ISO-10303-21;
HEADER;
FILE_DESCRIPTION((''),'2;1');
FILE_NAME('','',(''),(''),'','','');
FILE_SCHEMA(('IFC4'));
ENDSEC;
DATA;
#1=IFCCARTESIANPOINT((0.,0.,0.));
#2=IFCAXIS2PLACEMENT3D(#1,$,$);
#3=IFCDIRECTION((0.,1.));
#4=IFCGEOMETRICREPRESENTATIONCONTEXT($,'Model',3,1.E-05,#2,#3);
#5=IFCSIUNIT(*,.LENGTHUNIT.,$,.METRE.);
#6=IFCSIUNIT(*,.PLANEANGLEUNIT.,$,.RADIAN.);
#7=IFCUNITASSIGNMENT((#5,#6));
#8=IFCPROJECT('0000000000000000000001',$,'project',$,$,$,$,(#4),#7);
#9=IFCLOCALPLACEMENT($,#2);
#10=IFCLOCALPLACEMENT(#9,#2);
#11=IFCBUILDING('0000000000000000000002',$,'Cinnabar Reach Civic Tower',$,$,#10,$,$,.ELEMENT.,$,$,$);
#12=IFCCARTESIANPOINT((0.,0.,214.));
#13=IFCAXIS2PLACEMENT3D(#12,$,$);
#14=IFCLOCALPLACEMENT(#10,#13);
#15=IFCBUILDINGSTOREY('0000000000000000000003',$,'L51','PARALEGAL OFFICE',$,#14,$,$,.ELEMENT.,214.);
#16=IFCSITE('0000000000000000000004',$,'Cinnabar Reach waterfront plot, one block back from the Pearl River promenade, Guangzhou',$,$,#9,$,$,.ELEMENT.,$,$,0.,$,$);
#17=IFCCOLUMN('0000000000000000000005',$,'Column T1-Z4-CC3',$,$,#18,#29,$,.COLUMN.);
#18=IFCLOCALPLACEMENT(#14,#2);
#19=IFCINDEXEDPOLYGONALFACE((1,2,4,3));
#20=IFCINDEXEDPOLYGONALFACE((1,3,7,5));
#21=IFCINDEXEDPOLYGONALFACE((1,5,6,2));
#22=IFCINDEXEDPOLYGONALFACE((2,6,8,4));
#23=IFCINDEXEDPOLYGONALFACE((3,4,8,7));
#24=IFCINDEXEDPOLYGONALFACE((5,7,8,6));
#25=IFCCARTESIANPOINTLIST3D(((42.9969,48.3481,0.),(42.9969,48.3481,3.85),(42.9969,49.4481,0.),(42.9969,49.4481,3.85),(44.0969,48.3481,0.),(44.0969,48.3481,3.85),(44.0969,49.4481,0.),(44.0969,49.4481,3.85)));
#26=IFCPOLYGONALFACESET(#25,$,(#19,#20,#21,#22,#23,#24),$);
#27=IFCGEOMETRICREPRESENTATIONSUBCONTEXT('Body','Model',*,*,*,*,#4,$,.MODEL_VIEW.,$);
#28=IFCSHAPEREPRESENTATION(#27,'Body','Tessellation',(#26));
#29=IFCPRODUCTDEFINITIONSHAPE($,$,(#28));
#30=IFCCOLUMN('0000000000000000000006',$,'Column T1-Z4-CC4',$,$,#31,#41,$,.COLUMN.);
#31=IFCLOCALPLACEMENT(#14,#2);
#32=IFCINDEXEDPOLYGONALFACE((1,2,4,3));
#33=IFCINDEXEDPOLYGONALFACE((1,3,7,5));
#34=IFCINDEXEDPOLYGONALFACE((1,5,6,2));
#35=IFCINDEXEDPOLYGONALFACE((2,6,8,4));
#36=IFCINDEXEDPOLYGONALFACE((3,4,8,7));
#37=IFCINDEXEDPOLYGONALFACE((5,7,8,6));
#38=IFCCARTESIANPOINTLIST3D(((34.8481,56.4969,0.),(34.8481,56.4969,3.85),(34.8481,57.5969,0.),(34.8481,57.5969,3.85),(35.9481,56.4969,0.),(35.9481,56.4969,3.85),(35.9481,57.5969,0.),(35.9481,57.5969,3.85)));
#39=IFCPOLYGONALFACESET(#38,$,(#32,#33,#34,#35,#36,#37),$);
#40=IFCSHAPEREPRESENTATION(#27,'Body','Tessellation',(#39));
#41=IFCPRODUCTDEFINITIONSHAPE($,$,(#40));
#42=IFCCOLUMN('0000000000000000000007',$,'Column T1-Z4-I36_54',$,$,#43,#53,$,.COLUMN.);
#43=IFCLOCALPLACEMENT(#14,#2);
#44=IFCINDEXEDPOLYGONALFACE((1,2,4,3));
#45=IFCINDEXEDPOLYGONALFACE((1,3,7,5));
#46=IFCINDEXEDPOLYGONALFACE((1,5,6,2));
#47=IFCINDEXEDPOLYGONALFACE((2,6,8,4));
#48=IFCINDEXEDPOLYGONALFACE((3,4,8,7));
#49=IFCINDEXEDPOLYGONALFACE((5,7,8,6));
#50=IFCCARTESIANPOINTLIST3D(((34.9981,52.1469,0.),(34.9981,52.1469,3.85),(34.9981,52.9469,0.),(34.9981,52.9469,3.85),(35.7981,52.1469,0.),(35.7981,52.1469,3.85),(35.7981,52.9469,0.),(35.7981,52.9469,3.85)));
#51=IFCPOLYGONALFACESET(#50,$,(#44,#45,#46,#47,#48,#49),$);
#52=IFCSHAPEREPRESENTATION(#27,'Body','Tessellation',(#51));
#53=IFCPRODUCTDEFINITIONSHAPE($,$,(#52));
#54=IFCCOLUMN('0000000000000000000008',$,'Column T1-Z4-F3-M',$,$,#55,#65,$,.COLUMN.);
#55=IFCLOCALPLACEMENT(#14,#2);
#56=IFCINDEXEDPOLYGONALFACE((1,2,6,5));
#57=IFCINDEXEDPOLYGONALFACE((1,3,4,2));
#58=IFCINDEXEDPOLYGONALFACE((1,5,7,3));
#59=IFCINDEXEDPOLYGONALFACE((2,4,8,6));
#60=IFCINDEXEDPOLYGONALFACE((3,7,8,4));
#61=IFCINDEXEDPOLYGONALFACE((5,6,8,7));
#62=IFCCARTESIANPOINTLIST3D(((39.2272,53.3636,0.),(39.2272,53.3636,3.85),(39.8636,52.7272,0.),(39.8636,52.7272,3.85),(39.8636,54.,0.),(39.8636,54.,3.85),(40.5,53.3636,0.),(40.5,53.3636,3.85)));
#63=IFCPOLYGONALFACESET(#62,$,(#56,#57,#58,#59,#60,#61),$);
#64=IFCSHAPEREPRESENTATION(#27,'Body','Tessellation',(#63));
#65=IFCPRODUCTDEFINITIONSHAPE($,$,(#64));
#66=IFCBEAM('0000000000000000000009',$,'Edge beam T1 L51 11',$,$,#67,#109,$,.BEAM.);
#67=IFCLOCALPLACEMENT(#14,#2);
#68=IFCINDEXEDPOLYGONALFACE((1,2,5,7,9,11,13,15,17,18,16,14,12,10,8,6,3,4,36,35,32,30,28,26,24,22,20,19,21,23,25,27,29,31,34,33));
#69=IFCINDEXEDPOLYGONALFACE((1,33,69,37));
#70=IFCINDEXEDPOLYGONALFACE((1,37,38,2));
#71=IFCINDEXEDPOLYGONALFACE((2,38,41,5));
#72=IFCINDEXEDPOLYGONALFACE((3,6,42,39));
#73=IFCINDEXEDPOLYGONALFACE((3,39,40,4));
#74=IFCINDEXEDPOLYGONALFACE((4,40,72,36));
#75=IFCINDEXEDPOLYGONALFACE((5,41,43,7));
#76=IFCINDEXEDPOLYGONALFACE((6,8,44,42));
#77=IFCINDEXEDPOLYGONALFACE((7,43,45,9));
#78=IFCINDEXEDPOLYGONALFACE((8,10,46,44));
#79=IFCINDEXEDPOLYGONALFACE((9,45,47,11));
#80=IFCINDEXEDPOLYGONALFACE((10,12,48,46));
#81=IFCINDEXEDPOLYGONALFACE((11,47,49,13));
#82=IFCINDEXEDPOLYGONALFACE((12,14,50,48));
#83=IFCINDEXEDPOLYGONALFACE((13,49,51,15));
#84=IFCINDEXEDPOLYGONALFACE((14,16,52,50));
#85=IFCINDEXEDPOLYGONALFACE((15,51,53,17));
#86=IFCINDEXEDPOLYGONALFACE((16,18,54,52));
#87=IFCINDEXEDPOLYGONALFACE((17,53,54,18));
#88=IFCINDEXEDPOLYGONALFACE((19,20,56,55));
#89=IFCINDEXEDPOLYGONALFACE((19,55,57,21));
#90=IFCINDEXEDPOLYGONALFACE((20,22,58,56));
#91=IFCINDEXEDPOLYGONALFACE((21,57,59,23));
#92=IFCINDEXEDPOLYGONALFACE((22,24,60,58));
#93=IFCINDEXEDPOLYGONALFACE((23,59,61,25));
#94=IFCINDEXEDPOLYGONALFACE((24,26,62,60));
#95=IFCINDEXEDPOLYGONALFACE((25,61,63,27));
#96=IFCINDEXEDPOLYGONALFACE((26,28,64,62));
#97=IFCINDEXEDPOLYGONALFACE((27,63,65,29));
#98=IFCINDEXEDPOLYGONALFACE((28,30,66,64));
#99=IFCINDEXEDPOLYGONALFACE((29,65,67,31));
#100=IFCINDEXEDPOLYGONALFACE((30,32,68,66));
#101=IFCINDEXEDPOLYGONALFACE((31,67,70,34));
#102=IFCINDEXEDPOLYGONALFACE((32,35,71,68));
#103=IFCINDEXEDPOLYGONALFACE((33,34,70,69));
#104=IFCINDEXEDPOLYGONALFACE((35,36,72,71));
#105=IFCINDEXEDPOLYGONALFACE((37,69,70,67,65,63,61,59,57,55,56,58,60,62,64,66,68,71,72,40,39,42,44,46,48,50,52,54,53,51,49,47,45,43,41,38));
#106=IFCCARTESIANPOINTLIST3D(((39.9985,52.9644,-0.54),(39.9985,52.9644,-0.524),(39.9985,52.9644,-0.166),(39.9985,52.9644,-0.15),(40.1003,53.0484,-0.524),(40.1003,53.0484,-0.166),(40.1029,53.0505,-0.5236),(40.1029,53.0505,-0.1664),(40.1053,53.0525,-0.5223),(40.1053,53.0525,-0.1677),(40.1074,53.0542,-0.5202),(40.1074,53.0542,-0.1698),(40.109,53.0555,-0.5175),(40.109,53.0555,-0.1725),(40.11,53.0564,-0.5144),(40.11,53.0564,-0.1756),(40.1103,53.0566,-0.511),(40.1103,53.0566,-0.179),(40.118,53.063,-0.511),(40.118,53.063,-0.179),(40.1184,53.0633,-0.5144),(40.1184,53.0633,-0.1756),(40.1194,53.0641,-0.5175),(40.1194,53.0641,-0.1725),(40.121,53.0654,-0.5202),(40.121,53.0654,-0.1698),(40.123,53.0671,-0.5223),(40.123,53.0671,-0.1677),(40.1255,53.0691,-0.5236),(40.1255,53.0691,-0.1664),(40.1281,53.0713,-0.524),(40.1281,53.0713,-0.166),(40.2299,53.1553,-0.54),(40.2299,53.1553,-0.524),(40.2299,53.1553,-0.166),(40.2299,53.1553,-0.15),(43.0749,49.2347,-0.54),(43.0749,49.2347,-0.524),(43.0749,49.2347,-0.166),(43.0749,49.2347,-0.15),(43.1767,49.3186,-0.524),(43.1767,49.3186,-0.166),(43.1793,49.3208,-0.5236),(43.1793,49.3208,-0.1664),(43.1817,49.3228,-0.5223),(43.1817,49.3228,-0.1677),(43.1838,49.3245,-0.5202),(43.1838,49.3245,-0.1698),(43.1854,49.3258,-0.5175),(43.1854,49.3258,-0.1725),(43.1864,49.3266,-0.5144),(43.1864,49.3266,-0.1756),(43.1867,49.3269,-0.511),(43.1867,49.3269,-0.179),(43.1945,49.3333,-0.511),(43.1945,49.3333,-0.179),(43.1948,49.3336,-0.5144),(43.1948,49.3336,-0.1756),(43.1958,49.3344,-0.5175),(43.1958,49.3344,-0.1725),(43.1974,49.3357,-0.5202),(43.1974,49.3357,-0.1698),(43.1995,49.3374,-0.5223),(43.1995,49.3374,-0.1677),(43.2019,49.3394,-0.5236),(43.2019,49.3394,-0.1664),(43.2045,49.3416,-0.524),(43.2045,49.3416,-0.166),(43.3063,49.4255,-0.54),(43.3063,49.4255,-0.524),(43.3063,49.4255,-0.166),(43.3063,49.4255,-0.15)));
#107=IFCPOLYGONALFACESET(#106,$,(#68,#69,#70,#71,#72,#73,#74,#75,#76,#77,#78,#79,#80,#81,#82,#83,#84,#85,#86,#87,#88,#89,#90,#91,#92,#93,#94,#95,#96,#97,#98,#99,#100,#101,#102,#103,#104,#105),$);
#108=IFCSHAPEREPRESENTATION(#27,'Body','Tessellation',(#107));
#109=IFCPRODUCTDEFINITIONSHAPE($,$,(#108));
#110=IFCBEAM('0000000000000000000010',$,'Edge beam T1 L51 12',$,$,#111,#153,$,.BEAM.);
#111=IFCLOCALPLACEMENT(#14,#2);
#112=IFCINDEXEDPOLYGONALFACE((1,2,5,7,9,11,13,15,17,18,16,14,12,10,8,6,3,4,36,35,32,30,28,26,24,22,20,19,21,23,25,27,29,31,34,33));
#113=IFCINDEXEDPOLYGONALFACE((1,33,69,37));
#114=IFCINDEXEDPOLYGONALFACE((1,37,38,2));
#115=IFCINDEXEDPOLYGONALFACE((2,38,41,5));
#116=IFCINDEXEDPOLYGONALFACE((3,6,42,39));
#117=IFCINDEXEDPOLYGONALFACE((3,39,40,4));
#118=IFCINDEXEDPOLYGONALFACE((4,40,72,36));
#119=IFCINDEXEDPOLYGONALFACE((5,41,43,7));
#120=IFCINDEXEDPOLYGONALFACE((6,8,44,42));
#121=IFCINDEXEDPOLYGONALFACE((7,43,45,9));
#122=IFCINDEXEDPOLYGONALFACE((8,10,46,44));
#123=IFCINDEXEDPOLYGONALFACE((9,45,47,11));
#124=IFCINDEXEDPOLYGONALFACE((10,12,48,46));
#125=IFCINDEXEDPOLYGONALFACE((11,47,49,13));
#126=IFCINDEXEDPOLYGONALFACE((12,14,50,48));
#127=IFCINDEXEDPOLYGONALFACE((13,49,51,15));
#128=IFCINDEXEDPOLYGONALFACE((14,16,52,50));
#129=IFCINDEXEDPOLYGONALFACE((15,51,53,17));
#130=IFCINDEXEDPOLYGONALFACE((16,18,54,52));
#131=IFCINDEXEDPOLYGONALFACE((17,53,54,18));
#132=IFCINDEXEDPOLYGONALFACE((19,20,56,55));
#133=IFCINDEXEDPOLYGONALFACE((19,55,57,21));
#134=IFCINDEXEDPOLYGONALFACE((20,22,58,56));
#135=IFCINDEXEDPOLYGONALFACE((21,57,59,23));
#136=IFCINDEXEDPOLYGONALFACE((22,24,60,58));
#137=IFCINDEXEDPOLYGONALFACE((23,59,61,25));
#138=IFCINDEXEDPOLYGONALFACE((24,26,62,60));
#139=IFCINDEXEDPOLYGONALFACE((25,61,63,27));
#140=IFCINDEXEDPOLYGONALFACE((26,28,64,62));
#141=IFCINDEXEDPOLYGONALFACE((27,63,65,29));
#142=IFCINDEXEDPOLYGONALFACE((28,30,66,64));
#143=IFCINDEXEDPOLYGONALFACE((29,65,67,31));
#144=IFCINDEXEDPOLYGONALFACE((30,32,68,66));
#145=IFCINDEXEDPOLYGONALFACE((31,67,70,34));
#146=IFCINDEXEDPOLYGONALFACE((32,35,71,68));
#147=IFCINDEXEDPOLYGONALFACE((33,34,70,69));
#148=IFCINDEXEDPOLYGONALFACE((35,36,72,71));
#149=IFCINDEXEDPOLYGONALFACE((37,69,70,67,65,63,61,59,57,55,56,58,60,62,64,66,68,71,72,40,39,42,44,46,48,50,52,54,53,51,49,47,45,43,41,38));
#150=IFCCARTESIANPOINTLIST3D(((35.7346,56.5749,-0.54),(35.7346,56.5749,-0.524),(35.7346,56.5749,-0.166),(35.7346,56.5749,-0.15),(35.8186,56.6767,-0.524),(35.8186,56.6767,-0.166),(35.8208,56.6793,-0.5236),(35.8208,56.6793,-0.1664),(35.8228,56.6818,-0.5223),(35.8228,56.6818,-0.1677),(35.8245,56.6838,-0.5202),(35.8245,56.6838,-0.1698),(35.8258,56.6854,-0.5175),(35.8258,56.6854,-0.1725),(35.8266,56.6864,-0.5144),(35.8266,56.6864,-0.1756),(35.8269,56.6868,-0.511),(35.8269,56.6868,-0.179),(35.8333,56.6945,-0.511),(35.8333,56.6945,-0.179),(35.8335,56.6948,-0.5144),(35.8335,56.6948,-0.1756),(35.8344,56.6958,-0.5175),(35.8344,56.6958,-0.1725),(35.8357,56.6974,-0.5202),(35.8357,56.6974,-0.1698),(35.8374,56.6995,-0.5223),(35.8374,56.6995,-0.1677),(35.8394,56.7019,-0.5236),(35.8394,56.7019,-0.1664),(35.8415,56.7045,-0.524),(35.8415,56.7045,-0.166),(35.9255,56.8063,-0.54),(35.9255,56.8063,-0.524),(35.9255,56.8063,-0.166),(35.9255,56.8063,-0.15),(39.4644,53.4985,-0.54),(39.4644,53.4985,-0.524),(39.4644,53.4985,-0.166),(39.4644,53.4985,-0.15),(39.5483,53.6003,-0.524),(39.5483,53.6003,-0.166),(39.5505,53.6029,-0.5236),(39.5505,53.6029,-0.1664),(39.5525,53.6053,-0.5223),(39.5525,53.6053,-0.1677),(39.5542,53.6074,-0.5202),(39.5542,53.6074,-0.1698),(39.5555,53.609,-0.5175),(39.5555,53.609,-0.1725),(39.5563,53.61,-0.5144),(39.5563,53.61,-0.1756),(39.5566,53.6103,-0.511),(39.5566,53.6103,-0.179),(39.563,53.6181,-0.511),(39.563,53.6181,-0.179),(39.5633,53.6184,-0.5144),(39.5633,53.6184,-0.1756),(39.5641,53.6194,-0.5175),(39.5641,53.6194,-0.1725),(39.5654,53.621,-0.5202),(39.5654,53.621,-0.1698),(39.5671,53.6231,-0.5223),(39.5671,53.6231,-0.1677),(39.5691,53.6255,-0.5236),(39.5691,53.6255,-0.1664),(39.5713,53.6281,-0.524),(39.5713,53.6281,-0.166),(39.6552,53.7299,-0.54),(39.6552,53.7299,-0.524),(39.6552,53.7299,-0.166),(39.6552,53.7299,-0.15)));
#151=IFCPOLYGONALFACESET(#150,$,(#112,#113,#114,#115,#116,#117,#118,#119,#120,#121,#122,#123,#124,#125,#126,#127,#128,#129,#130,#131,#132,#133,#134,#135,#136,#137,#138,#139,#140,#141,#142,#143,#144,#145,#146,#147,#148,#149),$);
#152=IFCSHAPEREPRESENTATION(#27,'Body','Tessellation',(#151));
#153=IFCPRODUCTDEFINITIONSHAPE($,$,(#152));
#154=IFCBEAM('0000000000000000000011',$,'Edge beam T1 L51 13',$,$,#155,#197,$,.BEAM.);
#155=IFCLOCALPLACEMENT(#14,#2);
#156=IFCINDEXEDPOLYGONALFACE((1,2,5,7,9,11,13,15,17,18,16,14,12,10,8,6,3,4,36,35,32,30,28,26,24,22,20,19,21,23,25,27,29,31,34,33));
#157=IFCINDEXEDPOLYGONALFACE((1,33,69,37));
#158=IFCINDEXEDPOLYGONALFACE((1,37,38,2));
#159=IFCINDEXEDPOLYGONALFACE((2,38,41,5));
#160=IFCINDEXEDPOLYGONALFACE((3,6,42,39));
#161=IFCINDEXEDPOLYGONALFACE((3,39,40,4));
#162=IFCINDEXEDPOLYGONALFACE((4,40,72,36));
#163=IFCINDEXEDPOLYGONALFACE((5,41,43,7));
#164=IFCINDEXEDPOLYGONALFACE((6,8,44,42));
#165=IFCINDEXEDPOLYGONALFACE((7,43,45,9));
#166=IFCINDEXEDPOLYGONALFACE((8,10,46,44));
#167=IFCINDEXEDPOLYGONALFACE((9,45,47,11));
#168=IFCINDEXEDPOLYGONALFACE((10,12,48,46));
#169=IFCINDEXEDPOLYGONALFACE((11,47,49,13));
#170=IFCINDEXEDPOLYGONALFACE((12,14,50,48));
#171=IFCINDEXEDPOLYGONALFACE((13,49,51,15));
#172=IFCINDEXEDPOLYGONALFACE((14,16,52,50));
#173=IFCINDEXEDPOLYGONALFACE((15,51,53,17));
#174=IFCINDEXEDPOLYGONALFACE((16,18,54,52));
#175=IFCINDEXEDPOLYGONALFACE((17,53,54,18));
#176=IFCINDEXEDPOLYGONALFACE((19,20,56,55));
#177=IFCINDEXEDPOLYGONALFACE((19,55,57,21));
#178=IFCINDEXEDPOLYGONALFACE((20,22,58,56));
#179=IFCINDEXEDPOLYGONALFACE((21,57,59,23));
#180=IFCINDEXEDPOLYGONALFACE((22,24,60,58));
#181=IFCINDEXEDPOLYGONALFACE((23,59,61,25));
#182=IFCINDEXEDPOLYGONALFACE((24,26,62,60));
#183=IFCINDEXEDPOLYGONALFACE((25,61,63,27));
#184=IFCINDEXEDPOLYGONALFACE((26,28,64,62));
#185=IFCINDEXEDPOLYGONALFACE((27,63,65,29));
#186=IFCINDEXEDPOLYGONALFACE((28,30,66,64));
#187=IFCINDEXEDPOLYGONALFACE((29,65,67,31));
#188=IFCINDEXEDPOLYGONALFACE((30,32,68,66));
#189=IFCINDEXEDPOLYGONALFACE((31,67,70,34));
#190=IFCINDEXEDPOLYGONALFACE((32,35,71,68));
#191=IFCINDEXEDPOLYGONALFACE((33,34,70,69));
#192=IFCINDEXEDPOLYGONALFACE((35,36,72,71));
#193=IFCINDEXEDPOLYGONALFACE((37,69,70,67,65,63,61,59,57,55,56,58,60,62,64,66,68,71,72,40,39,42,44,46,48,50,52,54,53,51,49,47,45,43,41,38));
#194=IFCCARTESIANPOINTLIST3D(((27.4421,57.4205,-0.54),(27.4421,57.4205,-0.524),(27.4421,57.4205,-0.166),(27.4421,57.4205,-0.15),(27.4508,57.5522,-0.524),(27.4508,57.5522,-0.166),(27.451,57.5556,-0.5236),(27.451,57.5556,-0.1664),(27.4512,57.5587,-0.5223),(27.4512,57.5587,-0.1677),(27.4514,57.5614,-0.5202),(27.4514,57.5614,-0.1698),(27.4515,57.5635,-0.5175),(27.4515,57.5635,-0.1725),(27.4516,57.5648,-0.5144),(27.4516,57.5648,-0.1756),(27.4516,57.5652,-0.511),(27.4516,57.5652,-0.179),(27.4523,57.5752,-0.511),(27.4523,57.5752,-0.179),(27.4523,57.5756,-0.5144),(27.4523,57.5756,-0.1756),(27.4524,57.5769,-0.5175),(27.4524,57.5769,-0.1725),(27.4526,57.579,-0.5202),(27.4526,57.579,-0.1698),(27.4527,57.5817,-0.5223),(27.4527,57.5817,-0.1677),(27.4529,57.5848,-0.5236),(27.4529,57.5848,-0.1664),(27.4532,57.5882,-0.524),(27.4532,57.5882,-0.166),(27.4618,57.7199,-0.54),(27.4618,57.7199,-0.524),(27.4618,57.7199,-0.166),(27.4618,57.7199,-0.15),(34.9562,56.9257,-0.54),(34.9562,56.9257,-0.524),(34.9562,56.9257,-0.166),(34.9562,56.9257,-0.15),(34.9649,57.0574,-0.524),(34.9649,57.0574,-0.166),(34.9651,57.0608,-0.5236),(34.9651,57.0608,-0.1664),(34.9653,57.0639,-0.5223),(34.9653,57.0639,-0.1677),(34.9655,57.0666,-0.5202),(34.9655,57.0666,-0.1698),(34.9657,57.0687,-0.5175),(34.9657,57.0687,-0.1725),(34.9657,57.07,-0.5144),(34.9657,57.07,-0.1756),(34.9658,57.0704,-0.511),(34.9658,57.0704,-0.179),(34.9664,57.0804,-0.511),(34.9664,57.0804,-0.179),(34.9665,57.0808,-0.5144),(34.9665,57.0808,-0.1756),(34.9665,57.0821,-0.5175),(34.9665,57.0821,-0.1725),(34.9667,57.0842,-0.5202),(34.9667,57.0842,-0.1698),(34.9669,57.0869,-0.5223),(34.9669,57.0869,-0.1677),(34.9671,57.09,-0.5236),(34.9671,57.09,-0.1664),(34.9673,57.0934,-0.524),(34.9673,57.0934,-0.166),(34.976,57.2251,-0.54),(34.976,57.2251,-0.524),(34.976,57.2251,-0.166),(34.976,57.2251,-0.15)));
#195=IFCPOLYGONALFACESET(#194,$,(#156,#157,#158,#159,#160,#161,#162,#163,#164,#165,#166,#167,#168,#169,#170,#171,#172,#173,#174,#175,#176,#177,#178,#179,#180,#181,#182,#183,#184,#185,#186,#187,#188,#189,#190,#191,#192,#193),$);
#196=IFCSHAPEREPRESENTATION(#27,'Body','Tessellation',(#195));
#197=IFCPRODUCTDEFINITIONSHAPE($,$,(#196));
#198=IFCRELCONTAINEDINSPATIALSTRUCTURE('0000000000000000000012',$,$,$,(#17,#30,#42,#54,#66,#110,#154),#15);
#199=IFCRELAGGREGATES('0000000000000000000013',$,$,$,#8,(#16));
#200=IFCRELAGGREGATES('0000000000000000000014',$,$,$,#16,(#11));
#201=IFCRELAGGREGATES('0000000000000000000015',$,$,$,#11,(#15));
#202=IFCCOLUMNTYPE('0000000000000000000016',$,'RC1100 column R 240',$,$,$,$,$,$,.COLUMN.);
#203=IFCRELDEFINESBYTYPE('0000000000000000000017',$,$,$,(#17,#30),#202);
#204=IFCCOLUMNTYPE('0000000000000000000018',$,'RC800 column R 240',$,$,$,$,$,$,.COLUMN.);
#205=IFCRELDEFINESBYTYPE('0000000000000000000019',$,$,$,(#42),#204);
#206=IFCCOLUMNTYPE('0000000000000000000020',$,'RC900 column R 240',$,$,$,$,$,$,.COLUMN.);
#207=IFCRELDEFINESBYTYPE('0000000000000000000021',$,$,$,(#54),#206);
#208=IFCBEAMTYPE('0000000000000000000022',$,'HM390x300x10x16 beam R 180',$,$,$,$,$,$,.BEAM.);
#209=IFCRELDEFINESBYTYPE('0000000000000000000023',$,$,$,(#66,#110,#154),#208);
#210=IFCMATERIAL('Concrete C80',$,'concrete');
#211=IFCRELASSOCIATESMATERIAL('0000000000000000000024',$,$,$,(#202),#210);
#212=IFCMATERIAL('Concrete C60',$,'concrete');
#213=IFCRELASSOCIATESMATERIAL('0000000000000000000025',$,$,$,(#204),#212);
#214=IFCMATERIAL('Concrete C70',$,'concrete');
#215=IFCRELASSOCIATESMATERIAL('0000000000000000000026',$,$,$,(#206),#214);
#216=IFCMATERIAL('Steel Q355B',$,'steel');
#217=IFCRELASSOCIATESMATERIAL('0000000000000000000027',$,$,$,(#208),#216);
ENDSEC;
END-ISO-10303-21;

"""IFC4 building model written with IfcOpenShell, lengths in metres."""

from ifc_helpers import new_model, si_unit, direction, frame, origin, origin_2d, place, context, subcontext, project, spatial, rectangle, i_section, extrude, material, material_profile, profile_set, type_object, element, save


model = new_model("IFC4")

# Units and contexts
model_context = context("Model", 3, precision=1e-05, world=origin(), true_north=direction((0.0, 1.0)))
body_context = subcontext(model_context, "Body", "Model", "MODEL_VIEW")
ifc_project = project(units=[si_unit("LENGTHUNIT", "METRE"), si_unit("PLANEANGLEUNIT", "RADIAN")], contexts=[model_context])

# Site, building, storey
site_placement = place(None, origin())
site = spatial("IfcSite", under=ifc_project, at=site_placement, Name="Cinnabar Reach waterfront plot, one block back from the Pearl River promenade, Guangzhou", CompositionType="ELEMENT", RefElevation=0.0)
building_placement = place(site_placement, origin())
building = spatial("IfcBuilding", under=site, at=building_placement, Name="Cinnabar Reach Civic Tower", CompositionType="ELEMENT")
storey_placement = place(building_placement, frame((0.0, 0.0, 214.0)))
storey = spatial("IfcBuildingStorey", under=building, at=storey_placement, Name="L51", Description="PARALEGAL OFFICE", CompositionType="ELEMENT", Elevation=214.0)

# Columns
ifc_material_1 = material(Name="Concrete C80", Category="concrete")
ifc_material_profile_1 = material_profile(ifc_material_1, rectangle(XDim=1.1, YDim=1.1, at=origin_2d()), Name="RC1100")
ifc_profile_set_1 = profile_set([ifc_material_profile_1], Name="Concrete C80")
column_type_1 = type_object("IfcColumnType", Name="RC1100 column R 240", PredefinedType="COLUMN", material=ifc_profile_set_1)
for number, where, z_axis, x_axis, name in (
    (1, (43.5469, 48.8981, 0.0), (0.0, 0.0, 1.0), (1.0, 0.0, 0.0), "Column T1-Z4-CC3"),
    (2, (35.3981, 57.0469, 0.0), (0.0, 0.0, 1.0), (1.0, 0.0, 0.0), "Column T1-Z4-CC4"),
):
    element("IfcColumn", number, at=place(storey_placement, frame(where, z_axis=z_axis, x_axis=x_axis)), inside=storey, type_object=column_type_1, Name=name, PredefinedType="COLUMN", context=body_context, shape_type="SweptSolid", body=[
        extrude(rectangle(XDim=1.1, YDim=1.1, at=origin_2d()), origin(), (0.0, 0.0, 1.0), 3.85),
    ])
ifc_material_2 = material(Name="Concrete C60", Category="concrete")
ifc_material_profile_2 = material_profile(ifc_material_2, rectangle(XDim=0.8, YDim=0.8, at=origin_2d()), Name="RC800")
ifc_profile_set_2 = profile_set([ifc_material_profile_2], Name="Concrete C60")
column_type_2 = type_object("IfcColumnType", Name="RC800 column R 240", PredefinedType="COLUMN", material=ifc_profile_set_2)
column_1_placement = place(storey_placement, frame((35.3981, 52.5469, 0.0), z_axis=(0.0, 0.0, 1.0), x_axis=(1.0, 0.0, 0.0)))
element("IfcColumn", 3, at=column_1_placement, inside=storey, type_object=column_type_2, Name="Column T1-Z4-I36_54", PredefinedType="COLUMN", context=body_context, shape_type="SweptSolid", body=[
    extrude(rectangle(XDim=0.8, YDim=0.8, at=origin_2d()), origin(), (0.0, 0.0, 1.0), 3.85),
])
ifc_material_3 = material(Name="Concrete C70", Category="concrete")
ifc_material_profile_3 = material_profile(ifc_material_3, rectangle(XDim=0.9, YDim=0.9, at=origin_2d()), Name="RC900")
ifc_profile_set_3 = profile_set([ifc_material_profile_3], Name="Concrete C70")
column_type_3 = type_object("IfcColumnType", Name="RC900 column R 240", PredefinedType="COLUMN", material=ifc_profile_set_3)
column_2_placement = place(storey_placement, frame((39.8636, 53.3636, 0.0), z_axis=(0.0, 0.0, 1.0), x_axis=(0.707107, 0.707107, 0.0)))
element("IfcColumn", 4, at=column_2_placement, inside=storey, type_object=column_type_3, Name="Column T1-Z4-F3-M", PredefinedType="COLUMN", context=body_context, shape_type="SweptSolid", body=[
    extrude(rectangle(XDim=0.9, YDim=0.9, at=origin_2d()), origin(), (0.0, 0.0, 1.0), 3.85),
])

# Beams
ifc_material_4 = material(Name="Steel Q355B", Category="steel")
ifc_material_profile_4 = material_profile(ifc_material_4, i_section(OverallWidth=0.3, OverallDepth=0.39, WebThickness=0.01, FlangeThickness=0.016, FilletRadius=0.013, at=origin_2d()), Name="HM390x300x10x16")
ifc_profile_set_4 = profile_set([ifc_material_profile_4], Name="Steel Q355B")
beam_type_1 = type_object("IfcBeamType", Name="HM390x300x10x16 beam R 180", PredefinedType="BEAM", material=ifc_profile_set_4)
for number, where, z_axis, x_axis, name in (
    (5, (43.1906, 49.3301, -0.345), (-0.636309, 0.771434, 0.0), (-0.771434, -0.636309, 0.0), "Edge beam T1 L51 11"),
    (6, (39.5598, 53.6142, -0.345), (-0.771434, 0.636309, 0.0), (-0.636309, -0.771434, 0.0), "Edge beam T1 L51 12"),
):
    element("IfcBeam", number, at=place(storey_placement, frame(where, z_axis=z_axis, x_axis=x_axis)), inside=storey, type_object=beam_type_1, Name=name, PredefinedType="BEAM", context=body_context, shape_type="SweptSolid", body=[
        extrude(i_section(OverallWidth=0.3, OverallDepth=0.39, WebThickness=0.01, FlangeThickness=0.016, FilletRadius=0.013, at=origin_2d()), origin(), (0.0, 0.0, 1.0), 4.8348),
    ])
beam_1_placement = place(storey_placement, frame((34.9661, 57.0754, -0.345), z_axis=(-0.997839, 0.065707, 0.0), x_axis=(-0.065707, -0.997839, 0.0)))
element("IfcBeam", 7, at=beam_1_placement, inside=storey, type_object=beam_type_1, Name="Edge beam T1 L51 13", PredefinedType="BEAM", context=body_context, shape_type="SweptSolid", body=[
    extrude(i_section(OverallWidth=0.3, OverallDepth=0.39, WebThickness=0.01, FlangeThickness=0.016, FilletRadius=0.013, at=origin_2d()), origin(), (0.0, 0.0, 1.0), 7.5304),
])

save(model, "model.ifc")
